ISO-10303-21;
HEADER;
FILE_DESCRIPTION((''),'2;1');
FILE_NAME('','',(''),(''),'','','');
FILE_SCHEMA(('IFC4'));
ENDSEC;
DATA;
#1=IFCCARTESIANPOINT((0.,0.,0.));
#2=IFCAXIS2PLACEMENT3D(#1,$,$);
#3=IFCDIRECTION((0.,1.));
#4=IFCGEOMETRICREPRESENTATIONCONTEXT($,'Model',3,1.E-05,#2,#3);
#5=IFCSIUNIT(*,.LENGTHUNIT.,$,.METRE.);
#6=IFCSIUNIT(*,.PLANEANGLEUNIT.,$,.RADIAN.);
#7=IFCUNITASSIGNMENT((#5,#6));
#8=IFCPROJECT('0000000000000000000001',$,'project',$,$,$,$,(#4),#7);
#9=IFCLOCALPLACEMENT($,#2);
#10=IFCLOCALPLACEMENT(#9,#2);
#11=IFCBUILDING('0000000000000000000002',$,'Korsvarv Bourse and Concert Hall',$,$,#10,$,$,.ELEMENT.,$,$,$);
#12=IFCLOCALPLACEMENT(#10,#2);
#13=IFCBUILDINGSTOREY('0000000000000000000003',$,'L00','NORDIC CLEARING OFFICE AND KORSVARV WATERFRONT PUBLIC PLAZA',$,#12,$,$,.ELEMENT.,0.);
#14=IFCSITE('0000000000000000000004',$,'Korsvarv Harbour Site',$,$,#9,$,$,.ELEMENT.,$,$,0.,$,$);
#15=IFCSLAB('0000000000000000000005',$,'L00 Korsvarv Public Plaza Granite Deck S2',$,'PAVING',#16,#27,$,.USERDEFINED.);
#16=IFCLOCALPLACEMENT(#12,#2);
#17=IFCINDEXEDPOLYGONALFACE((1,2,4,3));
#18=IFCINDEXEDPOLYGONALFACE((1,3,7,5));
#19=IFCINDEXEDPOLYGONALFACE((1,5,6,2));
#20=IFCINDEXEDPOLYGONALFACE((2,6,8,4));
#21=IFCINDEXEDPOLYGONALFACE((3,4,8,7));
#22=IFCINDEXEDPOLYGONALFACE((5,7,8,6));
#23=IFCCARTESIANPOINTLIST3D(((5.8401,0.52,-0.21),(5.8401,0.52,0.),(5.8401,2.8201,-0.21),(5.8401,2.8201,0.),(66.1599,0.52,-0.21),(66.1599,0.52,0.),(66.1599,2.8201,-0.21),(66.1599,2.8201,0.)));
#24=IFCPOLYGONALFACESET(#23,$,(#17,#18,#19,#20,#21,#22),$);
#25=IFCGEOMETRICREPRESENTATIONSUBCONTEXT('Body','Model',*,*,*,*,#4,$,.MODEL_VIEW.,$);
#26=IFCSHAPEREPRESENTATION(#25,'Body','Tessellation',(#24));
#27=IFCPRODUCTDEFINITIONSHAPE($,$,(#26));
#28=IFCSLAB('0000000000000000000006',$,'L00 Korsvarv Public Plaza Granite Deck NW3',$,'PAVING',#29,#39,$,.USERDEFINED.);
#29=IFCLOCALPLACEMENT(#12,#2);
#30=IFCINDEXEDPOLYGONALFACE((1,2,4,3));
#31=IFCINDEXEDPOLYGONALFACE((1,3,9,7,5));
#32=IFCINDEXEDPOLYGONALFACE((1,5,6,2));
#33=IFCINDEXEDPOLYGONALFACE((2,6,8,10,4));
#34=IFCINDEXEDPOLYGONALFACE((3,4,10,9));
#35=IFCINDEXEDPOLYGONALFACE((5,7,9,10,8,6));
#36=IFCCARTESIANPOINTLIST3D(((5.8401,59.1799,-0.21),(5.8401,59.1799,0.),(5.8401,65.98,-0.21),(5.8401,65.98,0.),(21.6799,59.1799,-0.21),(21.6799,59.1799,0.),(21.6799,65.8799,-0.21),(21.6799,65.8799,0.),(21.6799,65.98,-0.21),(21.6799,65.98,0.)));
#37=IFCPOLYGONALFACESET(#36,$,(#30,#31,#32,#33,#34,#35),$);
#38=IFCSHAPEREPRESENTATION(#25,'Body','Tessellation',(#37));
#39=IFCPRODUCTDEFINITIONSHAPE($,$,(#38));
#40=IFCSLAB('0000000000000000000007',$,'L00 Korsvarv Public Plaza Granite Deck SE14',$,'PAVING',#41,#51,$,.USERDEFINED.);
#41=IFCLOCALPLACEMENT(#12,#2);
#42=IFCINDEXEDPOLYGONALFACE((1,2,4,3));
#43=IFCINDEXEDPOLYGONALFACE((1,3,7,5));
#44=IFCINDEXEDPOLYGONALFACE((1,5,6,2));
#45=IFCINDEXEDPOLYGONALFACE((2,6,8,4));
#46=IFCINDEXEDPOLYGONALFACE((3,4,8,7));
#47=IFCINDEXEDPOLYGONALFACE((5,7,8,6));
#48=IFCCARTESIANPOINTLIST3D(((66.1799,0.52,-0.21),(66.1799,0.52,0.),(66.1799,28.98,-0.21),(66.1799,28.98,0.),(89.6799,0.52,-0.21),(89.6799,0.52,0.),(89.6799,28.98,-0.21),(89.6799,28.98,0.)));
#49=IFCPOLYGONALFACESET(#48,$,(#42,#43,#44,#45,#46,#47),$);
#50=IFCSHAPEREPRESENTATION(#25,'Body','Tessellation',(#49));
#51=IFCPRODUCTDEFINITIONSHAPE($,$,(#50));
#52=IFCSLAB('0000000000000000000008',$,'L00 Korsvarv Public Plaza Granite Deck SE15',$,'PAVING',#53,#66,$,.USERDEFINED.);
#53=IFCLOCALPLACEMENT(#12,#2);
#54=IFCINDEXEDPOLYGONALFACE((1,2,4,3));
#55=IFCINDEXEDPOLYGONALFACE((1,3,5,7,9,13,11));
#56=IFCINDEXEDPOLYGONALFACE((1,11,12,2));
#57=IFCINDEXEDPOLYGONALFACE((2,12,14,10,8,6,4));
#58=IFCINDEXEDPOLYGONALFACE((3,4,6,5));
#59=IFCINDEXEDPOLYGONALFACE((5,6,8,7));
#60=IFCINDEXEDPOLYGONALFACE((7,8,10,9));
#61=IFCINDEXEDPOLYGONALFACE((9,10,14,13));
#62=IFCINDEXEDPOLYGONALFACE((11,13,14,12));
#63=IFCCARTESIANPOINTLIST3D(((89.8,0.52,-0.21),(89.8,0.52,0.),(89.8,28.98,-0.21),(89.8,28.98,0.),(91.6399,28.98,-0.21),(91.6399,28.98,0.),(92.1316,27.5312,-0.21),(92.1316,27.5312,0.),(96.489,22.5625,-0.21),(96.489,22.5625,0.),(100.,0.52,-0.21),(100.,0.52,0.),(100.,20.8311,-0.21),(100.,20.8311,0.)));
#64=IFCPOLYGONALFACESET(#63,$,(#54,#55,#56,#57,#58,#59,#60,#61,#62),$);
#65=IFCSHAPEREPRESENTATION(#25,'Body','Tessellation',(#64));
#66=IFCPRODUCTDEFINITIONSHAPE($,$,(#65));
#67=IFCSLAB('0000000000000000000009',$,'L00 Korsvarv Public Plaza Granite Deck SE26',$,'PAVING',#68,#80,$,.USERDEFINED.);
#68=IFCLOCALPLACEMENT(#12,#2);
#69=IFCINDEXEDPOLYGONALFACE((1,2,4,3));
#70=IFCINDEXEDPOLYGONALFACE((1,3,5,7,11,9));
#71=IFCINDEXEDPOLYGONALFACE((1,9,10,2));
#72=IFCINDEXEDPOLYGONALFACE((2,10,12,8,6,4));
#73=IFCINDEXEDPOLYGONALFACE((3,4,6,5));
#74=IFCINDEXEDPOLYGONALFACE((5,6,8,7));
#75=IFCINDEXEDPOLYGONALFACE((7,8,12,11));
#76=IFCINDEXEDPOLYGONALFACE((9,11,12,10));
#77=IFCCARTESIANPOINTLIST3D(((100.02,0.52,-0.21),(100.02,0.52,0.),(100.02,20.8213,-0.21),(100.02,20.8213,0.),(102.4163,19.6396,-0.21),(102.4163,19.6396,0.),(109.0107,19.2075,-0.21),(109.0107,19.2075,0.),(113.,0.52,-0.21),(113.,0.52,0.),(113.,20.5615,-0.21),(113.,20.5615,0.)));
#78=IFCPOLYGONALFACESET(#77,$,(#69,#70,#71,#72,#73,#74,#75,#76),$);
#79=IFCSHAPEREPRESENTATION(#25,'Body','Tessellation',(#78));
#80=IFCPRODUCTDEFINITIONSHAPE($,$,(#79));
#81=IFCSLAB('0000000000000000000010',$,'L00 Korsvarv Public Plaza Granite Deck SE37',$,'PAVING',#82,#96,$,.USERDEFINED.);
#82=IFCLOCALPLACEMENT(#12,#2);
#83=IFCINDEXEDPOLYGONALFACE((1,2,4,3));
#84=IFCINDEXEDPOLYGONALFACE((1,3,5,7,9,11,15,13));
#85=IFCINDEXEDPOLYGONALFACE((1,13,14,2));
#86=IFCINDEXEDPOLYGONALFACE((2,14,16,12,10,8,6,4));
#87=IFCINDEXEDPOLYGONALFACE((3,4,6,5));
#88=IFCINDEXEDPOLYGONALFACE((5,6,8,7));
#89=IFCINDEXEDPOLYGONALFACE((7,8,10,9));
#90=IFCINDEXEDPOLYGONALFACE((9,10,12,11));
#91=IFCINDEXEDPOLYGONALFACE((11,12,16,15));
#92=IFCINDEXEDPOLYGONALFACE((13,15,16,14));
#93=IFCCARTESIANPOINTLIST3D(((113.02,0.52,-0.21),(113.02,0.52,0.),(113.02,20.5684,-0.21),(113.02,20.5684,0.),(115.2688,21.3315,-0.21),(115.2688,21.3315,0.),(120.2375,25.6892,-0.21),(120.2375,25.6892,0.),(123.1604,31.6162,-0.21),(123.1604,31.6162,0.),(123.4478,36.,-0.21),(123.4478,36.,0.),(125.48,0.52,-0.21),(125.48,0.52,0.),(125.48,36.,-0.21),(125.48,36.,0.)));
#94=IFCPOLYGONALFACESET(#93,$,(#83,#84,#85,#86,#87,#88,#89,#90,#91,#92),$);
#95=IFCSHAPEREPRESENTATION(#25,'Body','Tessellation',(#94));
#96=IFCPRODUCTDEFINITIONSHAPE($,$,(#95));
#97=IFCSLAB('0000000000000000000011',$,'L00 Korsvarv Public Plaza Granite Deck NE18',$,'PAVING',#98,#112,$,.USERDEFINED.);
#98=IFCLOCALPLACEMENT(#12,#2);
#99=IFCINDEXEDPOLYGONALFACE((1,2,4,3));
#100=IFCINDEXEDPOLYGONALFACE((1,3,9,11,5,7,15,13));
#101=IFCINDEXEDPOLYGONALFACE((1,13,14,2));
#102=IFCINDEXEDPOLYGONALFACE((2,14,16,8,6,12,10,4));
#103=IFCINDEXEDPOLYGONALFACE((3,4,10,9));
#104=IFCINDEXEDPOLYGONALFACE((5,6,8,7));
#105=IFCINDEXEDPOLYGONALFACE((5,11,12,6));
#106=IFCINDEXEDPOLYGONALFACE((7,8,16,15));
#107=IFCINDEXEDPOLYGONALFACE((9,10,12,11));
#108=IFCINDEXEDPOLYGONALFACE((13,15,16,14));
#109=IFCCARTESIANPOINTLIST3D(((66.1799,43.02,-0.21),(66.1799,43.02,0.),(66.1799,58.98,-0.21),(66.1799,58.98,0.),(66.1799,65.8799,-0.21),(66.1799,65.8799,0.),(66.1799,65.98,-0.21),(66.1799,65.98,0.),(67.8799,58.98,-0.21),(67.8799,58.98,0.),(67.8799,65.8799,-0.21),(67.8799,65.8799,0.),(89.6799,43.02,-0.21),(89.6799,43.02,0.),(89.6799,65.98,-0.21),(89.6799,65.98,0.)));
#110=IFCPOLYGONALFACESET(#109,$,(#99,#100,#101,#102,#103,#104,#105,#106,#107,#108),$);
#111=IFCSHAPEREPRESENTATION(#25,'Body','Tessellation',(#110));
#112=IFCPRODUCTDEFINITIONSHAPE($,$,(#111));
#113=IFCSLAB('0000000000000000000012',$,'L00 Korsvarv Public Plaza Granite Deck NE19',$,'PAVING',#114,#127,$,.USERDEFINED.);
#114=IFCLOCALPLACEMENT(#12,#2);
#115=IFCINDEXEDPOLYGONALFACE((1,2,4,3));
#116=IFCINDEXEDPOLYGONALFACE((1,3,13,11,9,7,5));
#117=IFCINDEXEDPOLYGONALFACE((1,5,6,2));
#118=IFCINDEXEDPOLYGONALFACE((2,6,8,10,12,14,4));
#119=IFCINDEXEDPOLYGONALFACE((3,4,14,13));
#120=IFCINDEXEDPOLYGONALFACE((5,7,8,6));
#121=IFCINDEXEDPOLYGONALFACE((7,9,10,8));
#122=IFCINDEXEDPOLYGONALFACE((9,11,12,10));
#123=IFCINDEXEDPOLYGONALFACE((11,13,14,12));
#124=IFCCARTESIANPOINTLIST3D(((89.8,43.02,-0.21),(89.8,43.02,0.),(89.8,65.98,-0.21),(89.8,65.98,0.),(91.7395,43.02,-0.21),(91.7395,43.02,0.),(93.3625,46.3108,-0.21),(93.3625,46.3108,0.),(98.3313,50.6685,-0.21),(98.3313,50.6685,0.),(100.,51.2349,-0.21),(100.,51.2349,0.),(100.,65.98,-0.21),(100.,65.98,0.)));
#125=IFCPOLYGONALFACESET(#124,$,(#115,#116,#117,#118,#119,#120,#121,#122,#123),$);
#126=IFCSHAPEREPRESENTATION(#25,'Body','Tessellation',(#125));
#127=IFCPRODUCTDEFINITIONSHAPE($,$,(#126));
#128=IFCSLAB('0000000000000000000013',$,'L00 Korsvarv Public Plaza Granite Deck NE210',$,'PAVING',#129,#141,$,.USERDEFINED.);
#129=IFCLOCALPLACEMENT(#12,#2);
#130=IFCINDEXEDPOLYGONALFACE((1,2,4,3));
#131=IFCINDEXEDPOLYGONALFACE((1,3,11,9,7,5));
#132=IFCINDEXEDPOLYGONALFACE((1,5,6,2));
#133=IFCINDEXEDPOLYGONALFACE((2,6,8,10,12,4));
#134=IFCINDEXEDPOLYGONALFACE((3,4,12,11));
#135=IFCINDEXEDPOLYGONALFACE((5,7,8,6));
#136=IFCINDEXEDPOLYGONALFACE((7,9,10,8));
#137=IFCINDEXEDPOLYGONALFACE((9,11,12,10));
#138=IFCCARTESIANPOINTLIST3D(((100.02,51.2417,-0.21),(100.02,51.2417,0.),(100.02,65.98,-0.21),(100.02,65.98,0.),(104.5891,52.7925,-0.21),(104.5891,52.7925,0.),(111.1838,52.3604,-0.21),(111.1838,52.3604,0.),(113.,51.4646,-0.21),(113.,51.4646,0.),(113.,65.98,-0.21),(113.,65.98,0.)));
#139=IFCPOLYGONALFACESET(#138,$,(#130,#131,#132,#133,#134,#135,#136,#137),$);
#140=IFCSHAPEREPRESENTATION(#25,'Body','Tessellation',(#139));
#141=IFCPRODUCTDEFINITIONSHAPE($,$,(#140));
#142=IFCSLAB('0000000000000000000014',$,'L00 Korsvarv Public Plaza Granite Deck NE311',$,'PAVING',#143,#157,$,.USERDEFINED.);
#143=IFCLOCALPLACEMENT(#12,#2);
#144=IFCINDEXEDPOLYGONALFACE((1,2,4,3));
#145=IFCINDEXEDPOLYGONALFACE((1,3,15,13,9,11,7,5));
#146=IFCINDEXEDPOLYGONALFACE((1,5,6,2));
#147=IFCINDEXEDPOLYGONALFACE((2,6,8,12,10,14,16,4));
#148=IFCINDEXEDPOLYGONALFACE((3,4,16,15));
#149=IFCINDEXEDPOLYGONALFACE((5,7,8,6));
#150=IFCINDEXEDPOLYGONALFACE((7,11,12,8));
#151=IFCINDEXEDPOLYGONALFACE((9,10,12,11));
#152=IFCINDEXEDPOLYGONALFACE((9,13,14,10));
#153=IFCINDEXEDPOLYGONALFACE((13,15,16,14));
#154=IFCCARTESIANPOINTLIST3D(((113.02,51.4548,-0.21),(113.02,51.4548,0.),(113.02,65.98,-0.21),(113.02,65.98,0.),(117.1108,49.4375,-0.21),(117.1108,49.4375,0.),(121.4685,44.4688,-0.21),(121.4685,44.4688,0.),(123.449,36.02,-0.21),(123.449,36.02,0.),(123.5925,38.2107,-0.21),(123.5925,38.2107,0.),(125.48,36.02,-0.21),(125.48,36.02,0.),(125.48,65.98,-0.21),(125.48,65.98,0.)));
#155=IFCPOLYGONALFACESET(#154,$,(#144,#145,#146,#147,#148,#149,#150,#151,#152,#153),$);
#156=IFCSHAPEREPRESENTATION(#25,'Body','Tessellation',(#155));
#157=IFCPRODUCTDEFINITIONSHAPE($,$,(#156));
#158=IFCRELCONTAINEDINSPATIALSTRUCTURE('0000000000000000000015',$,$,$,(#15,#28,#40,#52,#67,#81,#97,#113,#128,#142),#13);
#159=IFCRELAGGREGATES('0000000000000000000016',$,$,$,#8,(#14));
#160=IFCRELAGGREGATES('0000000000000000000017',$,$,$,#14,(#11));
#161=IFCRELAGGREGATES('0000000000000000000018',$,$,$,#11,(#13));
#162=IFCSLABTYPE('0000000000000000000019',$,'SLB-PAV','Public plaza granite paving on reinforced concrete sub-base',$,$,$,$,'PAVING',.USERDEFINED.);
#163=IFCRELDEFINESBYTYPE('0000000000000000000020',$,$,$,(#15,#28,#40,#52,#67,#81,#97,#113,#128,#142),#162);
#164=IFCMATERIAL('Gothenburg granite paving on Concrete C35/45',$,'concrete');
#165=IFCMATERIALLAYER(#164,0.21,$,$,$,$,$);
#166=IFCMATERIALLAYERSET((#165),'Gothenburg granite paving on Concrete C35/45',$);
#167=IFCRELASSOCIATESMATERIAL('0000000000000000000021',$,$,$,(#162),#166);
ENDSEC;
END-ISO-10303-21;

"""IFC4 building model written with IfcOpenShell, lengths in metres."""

from ifc_helpers import new_model, si_unit, direction, frame, origin, place, context, subcontext, project, spatial, polyline, outline, extrude, material, layer, layer_set, type_object, element, save


model = new_model("IFC4")

# Units and contexts
model_context = context("Model", 3, precision=1e-05, world=origin(), true_north=direction((0.0, 1.0)))
body_context = subcontext(model_context, "Body", "Model", "MODEL_VIEW")
ifc_project = project(units=[si_unit("LENGTHUNIT", "METRE"), si_unit("PLANEANGLEUNIT", "RADIAN")], contexts=[model_context])

# Site, building, storey
site_placement = place(None, origin())
site = spatial("IfcSite", under=ifc_project, at=site_placement, Name="Korsvarv Harbour Site", CompositionType="ELEMENT", RefElevation=0.0)
building_placement = place(site_placement, origin())
building = spatial("IfcBuilding", under=site, at=building_placement, Name="Korsvarv Bourse and Concert Hall", CompositionType="ELEMENT")
storey_placement = place(building_placement, origin())
storey = spatial("IfcBuildingStorey", under=building, at=storey_placement, Name="L00", Description="NORDIC CLEARING OFFICE AND KORSVARV WATERFRONT PUBLIC PLAZA", CompositionType="ELEMENT", Elevation=0.0)

# Slabs
ifc_material_1 = material(Name="Gothenburg granite paving on Concrete C35/45", Category="concrete")
ifc_layer_1 = layer(ifc_material_1, 0.21)
ifc_layer_set_1 = layer_set([ifc_layer_1], Name="Gothenburg granite paving on Concrete C35/45")
slab_type_1 = type_object("IfcSlabType", Name="SLB-PAV", Description="Public plaza granite paving on reinforced concrete sub-base", ElementType="PAVING", PredefinedType="USERDEFINED", material=ifc_layer_set_1)
slab_1_placement = place(storey_placement, frame((0.0, 0.0, -0.21)))
element("IfcSlab", 1, at=slab_1_placement, inside=storey, type_object=slab_type_1, Name="L00 Korsvarv Public Plaza Granite Deck S2", ObjectType="PAVING", PredefinedType="USERDEFINED", context=body_context, shape_type="SweptSolid", body=[
    extrude(outline(polyline([(5.8401, 0.52), (5.8401, 2.8201), (66.1599, 2.8201), (66.1599, 0.52), (5.8401, 0.52)])), origin(), (0.0, 0.0, 1.0), 0.21),
])
slab_2_placement = place(storey_placement, frame((0.0, 0.0, -0.21)))
element("IfcSlab", 2, at=slab_2_placement, inside=storey, type_object=slab_type_1, Name="L00 Korsvarv Public Plaza Granite Deck NW3", ObjectType="PAVING", PredefinedType="USERDEFINED", context=body_context, shape_type="SweptSolid", body=[
    extrude(outline(polyline([(21.6799, 59.1799), (5.8401, 59.1799), (5.8401, 65.98), (21.6799, 65.98), (21.6799, 65.8799), (21.6799, 59.1799)])), origin(), (0.0, 0.0, 1.0), 0.21),
])
slab_3_placement = place(storey_placement, frame((0.0, 0.0, -0.21)))
element("IfcSlab", 3, at=slab_3_placement, inside=storey, type_object=slab_type_1, Name="L00 Korsvarv Public Plaza Granite Deck SE14", ObjectType="PAVING", PredefinedType="USERDEFINED", context=body_context, shape_type="SweptSolid", body=[
    extrude(outline(polyline([(66.1799, 28.98), (89.6799, 28.98), (89.6799, 0.52), (66.1799, 0.52), (66.1799, 28.98)])), origin(), (0.0, 0.0, 1.0), 0.21),
])
slab_4_placement = place(storey_placement, frame((0.0, 0.0, -0.21)))
element("IfcSlab", 4, at=slab_4_placement, inside=storey, type_object=slab_type_1, Name="L00 Korsvarv Public Plaza Granite Deck SE15", ObjectType="PAVING", PredefinedType="USERDEFINED", context=body_context, shape_type="SweptSolid", body=[
    extrude(outline(polyline([(89.8, 28.98), (91.6399, 28.98), (92.1316, 27.5312), (96.489, 22.5625), (100.0, 20.8311), (100.0, 0.52), (89.8, 0.52), (89.8, 28.98)])), origin(), (0.0, 0.0, 1.0), 0.21),
])
slab_5_placement = place(storey_placement, frame((0.0, 0.0, -0.21)))
element("IfcSlab", 5, at=slab_5_placement, inside=storey, type_object=slab_type_1, Name="L00 Korsvarv Public Plaza Granite Deck SE26", ObjectType="PAVING", PredefinedType="USERDEFINED", context=body_context, shape_type="SweptSolid", body=[
    extrude(outline(polyline([(113.0, 0.52), (100.02, 0.52), (100.02, 20.8213), (102.4163, 19.6396), (109.0107, 19.2075), (113.0, 20.5615), (113.0, 0.52)])), origin(), (0.0, 0.0, 1.0), 0.21),
])
slab_6_placement = place(storey_placement, frame((0.0, 0.0, -0.21)))
element("IfcSlab", 6, at=slab_6_placement, inside=storey, type_object=slab_type_1, Name="L00 Korsvarv Public Plaza Granite Deck SE37", ObjectType="PAVING", PredefinedType="USERDEFINED", context=body_context, shape_type="SweptSolid", body=[
    extrude(outline(polyline([(125.48, 36.0), (125.48, 0.52), (113.02, 0.52), (113.02, 20.5684), (115.2688, 21.3315), (120.2375, 25.6892), (123.1604, 31.6162), (123.4478, 36.0), (125.48, 36.0)])), origin(), (0.0, 0.0, 1.0), 0.21),
])
slab_7_placement = place(storey_placement, frame((0.0, 0.0, -0.21)))
element("IfcSlab", 7, at=slab_7_placement, inside=storey, type_object=slab_type_1, Name="L00 Korsvarv Public Plaza Granite Deck NE18", ObjectType="PAVING", PredefinedType="USERDEFINED", context=body_context, shape_type="SweptSolid", body=[
    extrude(outline(polyline([(66.1799, 58.98), (67.8799, 58.98), (67.8799, 65.8799), (66.1799, 65.8799), (66.1799, 65.98), (89.6799, 65.98), (89.6799, 43.02), (66.1799, 43.02), (66.1799, 58.98)])), origin(), (0.0, 0.0, 1.0), 0.21),
])
slab_8_placement = place(storey_placement, frame((0.0, 0.0, -0.21)))
element("IfcSlab", 8, at=slab_8_placement, inside=storey, type_object=slab_type_1, Name="L00 Korsvarv Public Plaza Granite Deck NE19", ObjectType="PAVING", PredefinedType="USERDEFINED", context=body_context, shape_type="SweptSolid", body=[
    extrude(outline(polyline([(89.8, 65.98), (100.0, 65.98), (100.0, 51.2349), (98.3313, 50.6685), (93.3625, 46.3108), (91.7395, 43.02), (89.8, 43.02), (89.8, 65.98)])), origin(), (0.0, 0.0, 1.0), 0.21),
])
slab_9_placement = place(storey_placement, frame((0.0, 0.0, -0.21)))
element("IfcSlab", 9, at=slab_9_placement, inside=storey, type_object=slab_type_1, Name="L00 Korsvarv Public Plaza Granite Deck NE210", ObjectType="PAVING", PredefinedType="USERDEFINED", context=body_context, shape_type="SweptSolid", body=[
    extrude(outline(polyline([(100.02, 65.98), (113.0, 65.98), (113.0, 51.4646), (111.1838, 52.3604), (104.5891, 52.7925), (100.02, 51.2417), (100.02, 65.98)])), origin(), (0.0, 0.0, 1.0), 0.21),
])
slab_10_placement = place(storey_placement, frame((0.0, 0.0, -0.21)))
element("IfcSlab", 10, at=slab_10_placement, inside=storey, type_object=slab_type_1, Name="L00 Korsvarv Public Plaza Granite Deck NE311", ObjectType="PAVING", PredefinedType="USERDEFINED", context=body_context, shape_type="SweptSolid", body=[
    extrude(outline(polyline([(113.02, 65.98), (125.48, 65.98), (125.48, 36.02), (123.449, 36.02), (123.5925, 38.2107), (121.4685, 44.4688), (117.1108, 49.4375), (113.02, 51.4548), (113.02, 65.98)])), origin(), (0.0, 0.0, 1.0), 0.21),
])

save(model, "model.ifc")
